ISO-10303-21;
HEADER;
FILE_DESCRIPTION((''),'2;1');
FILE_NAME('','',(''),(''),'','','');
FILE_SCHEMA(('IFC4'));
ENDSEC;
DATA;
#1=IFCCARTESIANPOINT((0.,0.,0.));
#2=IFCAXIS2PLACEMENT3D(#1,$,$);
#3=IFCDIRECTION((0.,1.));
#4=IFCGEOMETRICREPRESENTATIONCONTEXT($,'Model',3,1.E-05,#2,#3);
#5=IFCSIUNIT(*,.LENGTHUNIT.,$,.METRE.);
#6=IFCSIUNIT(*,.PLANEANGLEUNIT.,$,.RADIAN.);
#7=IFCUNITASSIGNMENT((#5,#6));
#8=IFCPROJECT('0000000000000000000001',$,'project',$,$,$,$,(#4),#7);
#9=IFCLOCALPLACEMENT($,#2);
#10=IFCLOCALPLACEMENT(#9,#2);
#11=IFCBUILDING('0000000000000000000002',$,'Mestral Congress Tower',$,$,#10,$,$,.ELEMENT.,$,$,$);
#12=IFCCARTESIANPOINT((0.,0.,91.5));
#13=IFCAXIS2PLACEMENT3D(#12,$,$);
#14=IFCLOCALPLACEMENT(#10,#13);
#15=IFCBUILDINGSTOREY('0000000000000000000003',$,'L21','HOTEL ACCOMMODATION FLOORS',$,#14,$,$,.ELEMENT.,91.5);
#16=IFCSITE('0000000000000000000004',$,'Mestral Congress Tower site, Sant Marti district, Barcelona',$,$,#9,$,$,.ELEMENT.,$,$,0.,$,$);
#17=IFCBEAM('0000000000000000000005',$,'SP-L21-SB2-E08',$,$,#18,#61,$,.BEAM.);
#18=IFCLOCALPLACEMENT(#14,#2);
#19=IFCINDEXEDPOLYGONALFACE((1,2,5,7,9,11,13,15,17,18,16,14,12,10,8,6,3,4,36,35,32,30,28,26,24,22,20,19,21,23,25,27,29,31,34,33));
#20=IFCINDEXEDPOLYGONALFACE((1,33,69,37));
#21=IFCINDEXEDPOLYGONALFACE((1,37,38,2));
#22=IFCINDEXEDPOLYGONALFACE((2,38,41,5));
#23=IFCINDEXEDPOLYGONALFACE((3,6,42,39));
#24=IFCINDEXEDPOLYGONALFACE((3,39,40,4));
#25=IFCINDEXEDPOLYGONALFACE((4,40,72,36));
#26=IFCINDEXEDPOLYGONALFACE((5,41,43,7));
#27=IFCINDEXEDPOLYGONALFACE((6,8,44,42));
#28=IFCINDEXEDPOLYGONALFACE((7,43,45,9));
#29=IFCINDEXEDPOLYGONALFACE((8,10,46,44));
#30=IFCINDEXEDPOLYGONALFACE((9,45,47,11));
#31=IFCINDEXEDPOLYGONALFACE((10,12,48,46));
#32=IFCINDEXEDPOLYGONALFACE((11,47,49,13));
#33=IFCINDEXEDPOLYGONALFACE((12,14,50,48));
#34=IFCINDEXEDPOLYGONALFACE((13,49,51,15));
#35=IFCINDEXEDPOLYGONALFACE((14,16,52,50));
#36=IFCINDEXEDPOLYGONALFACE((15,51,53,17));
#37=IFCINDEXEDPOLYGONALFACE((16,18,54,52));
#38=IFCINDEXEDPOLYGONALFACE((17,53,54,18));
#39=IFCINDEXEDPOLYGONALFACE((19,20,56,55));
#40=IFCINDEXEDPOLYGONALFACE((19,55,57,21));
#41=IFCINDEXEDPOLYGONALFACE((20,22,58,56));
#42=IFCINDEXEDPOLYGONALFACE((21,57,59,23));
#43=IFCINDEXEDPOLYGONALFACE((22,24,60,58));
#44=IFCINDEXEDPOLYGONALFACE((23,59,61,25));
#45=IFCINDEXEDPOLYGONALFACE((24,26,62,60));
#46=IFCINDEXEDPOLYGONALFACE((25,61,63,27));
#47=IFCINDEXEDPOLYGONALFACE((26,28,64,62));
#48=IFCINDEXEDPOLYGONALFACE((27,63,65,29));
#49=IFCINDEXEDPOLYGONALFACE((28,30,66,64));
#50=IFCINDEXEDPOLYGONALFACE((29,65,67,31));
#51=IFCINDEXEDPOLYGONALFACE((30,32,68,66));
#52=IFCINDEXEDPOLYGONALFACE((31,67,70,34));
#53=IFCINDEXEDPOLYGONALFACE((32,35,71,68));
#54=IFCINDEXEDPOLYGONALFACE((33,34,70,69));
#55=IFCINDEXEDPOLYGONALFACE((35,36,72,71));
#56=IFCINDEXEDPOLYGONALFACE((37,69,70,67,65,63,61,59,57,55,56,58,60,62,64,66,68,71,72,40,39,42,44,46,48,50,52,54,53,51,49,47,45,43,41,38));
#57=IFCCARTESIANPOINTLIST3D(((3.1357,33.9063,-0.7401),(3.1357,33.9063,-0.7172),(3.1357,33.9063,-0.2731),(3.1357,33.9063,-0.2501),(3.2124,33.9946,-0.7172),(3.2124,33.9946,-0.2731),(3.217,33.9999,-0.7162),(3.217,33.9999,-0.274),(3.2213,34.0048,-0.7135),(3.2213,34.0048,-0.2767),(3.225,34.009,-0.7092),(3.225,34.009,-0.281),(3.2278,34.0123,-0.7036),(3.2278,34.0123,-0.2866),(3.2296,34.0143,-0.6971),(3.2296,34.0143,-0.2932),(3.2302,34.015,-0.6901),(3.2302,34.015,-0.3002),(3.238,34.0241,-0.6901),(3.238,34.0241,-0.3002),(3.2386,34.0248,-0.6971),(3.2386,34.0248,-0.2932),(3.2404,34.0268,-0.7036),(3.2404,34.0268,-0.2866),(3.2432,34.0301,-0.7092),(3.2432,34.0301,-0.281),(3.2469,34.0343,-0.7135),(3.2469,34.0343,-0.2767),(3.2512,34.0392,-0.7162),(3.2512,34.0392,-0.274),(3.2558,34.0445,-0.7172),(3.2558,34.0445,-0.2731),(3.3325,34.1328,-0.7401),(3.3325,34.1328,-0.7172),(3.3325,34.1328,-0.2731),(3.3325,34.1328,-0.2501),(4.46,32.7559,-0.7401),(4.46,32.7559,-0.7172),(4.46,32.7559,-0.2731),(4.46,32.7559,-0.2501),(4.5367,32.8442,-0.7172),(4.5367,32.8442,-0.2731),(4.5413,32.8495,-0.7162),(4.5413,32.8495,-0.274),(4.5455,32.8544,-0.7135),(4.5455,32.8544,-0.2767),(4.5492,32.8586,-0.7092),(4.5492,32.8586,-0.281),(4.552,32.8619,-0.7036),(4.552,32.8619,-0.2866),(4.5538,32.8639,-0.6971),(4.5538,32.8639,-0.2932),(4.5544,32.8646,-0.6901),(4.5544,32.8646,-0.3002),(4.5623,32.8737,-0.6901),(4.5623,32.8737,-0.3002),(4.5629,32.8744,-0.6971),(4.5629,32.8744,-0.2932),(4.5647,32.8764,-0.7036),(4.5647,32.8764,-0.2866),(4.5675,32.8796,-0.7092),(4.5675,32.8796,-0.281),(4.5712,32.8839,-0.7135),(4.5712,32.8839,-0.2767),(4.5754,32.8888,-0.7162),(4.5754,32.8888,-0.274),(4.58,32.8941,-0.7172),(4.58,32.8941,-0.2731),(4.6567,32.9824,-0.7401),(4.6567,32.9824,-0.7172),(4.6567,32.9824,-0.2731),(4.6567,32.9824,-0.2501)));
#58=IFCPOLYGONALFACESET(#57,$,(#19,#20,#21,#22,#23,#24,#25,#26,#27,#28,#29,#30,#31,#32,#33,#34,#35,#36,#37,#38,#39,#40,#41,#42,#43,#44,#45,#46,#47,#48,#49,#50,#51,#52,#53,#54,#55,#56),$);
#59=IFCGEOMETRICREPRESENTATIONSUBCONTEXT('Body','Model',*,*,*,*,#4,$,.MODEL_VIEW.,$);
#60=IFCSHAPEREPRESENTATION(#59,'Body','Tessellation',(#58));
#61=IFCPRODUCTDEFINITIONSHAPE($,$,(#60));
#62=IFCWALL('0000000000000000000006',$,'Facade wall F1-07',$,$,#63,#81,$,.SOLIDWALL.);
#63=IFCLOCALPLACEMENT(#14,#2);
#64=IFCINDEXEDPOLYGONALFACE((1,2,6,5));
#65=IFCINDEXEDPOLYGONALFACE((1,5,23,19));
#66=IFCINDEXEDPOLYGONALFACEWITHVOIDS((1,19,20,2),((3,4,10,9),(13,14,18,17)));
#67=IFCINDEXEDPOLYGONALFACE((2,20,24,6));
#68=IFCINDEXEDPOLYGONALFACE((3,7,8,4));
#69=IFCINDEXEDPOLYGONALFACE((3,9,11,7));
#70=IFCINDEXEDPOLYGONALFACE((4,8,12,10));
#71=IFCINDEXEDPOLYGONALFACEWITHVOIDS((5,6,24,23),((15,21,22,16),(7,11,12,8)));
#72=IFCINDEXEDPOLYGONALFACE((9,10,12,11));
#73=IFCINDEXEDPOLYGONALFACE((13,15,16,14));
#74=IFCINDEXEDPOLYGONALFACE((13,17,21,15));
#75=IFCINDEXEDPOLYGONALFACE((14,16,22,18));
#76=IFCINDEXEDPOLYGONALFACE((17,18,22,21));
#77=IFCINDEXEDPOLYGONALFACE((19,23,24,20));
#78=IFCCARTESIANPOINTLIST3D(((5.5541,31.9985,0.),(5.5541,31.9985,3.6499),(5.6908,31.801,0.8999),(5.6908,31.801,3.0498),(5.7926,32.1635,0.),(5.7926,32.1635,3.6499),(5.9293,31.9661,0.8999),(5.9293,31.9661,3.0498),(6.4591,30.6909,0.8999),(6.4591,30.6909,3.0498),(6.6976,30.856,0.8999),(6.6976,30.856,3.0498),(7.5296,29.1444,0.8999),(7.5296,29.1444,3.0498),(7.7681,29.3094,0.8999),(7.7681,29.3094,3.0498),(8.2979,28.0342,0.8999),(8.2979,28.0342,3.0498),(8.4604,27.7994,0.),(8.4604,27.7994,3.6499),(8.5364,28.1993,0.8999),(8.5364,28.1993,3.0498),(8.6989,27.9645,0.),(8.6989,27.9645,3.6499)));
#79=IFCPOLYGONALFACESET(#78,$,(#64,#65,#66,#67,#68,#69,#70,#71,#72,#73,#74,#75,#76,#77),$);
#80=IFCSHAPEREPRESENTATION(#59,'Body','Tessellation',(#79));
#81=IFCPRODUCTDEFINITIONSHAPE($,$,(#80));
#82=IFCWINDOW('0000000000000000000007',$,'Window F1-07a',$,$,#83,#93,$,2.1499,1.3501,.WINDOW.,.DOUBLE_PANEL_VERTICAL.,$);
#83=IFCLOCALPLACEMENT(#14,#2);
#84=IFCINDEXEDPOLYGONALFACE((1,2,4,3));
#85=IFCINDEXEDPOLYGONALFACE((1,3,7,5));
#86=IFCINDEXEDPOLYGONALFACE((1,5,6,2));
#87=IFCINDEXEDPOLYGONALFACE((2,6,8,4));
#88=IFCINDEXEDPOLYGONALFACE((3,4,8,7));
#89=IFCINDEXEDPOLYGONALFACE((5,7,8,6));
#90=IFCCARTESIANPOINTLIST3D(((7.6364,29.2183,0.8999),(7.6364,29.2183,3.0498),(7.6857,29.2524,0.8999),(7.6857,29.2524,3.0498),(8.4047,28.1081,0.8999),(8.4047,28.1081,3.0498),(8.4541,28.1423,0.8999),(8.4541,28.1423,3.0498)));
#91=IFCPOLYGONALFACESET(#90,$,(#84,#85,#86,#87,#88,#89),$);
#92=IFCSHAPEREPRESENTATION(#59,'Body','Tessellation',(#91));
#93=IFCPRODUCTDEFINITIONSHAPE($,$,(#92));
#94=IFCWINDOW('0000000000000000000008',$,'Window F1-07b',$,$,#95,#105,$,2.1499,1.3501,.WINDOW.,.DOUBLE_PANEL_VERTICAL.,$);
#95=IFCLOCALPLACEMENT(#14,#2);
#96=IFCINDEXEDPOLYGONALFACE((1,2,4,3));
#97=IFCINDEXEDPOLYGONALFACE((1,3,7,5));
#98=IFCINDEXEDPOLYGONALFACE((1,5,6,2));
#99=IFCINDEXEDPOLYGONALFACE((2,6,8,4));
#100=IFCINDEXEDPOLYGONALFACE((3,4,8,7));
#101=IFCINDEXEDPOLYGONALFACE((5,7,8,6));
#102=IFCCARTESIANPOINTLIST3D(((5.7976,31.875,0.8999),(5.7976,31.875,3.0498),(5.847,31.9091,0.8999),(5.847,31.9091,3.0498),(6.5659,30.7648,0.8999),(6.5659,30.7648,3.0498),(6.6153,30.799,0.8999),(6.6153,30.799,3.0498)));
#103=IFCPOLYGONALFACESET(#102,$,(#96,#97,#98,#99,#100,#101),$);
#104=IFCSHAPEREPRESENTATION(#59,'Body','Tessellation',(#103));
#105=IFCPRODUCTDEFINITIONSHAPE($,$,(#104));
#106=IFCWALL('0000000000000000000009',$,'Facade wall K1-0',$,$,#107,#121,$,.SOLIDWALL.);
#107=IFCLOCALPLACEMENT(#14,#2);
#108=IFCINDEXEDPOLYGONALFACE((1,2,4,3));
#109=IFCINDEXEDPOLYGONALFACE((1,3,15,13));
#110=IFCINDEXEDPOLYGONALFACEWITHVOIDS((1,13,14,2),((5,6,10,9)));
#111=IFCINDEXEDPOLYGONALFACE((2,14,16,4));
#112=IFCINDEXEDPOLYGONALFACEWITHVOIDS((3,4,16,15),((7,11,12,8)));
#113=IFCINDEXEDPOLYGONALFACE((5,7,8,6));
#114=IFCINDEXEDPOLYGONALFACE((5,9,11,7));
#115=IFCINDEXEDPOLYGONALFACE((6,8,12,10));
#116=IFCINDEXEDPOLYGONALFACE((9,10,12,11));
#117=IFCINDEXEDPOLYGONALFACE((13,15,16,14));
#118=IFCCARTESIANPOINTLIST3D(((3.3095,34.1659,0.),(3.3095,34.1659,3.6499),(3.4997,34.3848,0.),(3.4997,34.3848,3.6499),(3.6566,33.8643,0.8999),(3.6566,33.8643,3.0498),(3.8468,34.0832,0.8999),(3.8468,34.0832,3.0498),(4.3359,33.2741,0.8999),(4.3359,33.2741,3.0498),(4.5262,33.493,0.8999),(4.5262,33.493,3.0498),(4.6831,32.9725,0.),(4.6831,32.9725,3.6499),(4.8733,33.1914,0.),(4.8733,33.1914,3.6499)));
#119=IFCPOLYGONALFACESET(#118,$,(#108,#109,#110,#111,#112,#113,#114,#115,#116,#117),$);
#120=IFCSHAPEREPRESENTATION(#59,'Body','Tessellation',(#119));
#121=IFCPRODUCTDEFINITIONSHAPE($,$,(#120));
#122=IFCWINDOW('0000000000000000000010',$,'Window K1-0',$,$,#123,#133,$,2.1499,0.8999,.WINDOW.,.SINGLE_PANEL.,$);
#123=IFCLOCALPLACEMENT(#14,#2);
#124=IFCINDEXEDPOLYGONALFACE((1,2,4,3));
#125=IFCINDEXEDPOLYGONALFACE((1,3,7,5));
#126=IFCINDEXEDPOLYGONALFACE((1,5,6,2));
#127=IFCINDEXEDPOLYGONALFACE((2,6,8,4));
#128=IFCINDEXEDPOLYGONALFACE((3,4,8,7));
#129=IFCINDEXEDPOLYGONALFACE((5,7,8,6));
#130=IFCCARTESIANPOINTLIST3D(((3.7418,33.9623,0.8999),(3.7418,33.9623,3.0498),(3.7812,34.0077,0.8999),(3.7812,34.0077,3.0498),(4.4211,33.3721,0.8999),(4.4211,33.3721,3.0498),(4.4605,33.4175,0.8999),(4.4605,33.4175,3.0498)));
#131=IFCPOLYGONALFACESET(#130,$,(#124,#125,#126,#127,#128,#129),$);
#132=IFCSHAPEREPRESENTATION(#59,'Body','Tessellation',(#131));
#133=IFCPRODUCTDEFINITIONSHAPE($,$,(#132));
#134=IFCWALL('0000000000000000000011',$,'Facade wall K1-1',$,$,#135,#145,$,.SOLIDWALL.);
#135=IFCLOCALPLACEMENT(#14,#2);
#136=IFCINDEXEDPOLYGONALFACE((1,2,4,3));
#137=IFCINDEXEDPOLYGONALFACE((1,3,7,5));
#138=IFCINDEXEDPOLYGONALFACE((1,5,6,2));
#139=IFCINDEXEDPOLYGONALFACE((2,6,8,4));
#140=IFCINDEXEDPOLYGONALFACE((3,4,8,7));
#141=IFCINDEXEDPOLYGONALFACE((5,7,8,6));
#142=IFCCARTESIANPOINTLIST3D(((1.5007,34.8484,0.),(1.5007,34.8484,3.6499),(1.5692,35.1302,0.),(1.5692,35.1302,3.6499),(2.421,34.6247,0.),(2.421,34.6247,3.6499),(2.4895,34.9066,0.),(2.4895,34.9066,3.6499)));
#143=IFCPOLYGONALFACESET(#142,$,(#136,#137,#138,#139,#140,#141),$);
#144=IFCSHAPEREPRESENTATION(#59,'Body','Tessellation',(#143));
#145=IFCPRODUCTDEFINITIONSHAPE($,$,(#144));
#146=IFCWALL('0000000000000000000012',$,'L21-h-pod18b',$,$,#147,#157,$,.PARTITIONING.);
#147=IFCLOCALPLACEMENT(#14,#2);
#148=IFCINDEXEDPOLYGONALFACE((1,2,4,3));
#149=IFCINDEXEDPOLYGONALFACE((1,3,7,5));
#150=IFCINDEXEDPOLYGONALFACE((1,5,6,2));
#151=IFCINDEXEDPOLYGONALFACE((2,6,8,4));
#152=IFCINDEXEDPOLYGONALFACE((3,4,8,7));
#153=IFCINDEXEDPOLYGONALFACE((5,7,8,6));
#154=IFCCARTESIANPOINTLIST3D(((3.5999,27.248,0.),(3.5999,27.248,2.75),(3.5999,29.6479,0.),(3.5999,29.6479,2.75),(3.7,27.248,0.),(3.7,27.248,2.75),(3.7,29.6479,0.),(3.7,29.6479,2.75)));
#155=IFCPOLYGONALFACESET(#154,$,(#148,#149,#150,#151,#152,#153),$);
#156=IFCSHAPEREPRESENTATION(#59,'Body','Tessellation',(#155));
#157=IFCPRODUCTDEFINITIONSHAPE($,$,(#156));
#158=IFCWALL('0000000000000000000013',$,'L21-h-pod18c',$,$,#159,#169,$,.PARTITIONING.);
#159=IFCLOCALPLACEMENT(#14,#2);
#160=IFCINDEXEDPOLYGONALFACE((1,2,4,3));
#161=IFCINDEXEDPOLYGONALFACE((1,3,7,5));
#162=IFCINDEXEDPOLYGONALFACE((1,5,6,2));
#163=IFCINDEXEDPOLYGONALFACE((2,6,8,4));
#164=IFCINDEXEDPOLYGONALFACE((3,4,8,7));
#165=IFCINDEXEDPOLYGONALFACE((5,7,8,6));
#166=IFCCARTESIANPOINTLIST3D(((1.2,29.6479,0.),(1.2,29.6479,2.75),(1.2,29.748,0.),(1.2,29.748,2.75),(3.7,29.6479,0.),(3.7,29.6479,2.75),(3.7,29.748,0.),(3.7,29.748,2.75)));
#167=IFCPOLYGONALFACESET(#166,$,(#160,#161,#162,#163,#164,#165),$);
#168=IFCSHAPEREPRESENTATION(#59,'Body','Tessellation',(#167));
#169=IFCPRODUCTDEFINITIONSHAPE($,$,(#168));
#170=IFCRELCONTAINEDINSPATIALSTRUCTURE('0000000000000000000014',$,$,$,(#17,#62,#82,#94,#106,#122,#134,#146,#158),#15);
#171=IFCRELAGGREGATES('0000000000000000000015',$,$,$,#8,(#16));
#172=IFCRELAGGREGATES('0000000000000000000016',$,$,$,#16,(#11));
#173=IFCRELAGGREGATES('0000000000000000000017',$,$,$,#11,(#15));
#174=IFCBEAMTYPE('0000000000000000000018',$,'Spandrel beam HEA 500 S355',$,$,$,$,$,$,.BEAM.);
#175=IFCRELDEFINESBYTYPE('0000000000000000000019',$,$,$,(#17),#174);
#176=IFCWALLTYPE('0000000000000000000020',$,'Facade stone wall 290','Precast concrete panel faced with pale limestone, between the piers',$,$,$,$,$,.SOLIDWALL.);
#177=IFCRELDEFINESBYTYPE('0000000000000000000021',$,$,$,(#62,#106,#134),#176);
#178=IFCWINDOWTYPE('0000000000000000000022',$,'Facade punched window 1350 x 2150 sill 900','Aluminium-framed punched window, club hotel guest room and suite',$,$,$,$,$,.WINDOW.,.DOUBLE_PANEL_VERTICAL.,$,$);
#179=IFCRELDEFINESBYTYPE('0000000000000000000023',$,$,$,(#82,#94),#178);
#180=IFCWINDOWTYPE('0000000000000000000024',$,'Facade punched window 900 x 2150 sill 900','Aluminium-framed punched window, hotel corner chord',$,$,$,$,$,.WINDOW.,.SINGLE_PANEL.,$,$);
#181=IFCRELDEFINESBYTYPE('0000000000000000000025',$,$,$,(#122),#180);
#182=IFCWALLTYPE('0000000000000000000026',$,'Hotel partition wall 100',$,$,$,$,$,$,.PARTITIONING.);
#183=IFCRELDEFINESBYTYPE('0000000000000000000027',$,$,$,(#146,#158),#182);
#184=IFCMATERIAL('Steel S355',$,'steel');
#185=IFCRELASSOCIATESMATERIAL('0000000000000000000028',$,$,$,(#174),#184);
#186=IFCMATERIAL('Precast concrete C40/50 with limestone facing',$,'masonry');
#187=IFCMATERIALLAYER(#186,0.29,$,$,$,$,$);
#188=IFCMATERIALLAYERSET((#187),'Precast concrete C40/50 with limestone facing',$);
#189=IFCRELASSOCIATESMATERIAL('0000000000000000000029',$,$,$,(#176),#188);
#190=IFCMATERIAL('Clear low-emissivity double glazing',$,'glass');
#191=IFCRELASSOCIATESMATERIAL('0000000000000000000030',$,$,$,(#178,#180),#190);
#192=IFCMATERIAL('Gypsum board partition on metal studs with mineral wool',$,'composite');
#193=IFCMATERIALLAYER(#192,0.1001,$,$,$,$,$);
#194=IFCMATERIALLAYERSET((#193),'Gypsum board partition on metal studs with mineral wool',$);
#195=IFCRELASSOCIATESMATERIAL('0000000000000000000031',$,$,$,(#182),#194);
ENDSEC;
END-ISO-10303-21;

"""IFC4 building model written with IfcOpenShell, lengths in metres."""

from ifc_helpers import new_model, si_unit, direction, frame, frame_2d, origin, origin_2d, place, context, subcontext, project, spatial, rectangle, i_section, extrude, material, layer, layer_set, material_profile, profile_set, type_object, element, fill, save


model = new_model("IFC4")

# Units and contexts
model_context = context("Model", 3, precision=1e-05, world=origin(), true_north=direction((0.0, 1.0)))
body_context = subcontext(model_context, "Body", "Model", "MODEL_VIEW")
ifc_project = project(units=[si_unit("LENGTHUNIT", "METRE"), si_unit("PLANEANGLEUNIT", "RADIAN")], contexts=[model_context])

# Site, building, storey
site_placement = place(None, origin())
site = spatial("IfcSite", under=ifc_project, at=site_placement, Name="Mestral Congress Tower site, Sant Marti district, Barcelona", CompositionType="ELEMENT", RefElevation=0.0)
building_placement = place(site_placement, origin())
building = spatial("IfcBuilding", under=site, at=building_placement, Name="Mestral Congress Tower", CompositionType="ELEMENT")
storey_placement = place(building_placement, frame((0.0, 0.0, 91.5)))
storey = spatial("IfcBuildingStorey", under=building, at=storey_placement, Name="L21", Description="HOTEL ACCOMMODATION FLOORS", CompositionType="ELEMENT", Elevation=91.5)

# Beam
ifc_material_1 = material(Name="Steel S355", Category="steel")
ifc_material_profile_1 = material_profile(ifc_material_1, i_section(OverallWidth=0.3, OverallDepth=0.49, WebThickness=0.012, FlangeThickness=0.0229, FilletRadius=0.0271, at=origin_2d()), Name="HEA 500")
ifc_profile_set_1 = profile_set([ifc_material_profile_1], Name="Steel S355")
beam_type_1 = type_object("IfcBeamType", Name="Spandrel beam HEA 500 S355", PredefinedType="BEAM", material=ifc_profile_set_1)
beam_1_placement = place(storey_placement, frame((4.5583, 32.8691, -0.4951), z_axis=(-0.754917, 0.65582, 0.0), x_axis=(-0.65582, -0.754917, 0.0)))
element("IfcBeam", 1, at=beam_1_placement, inside=storey, type_object=beam_type_1, Name="SP-L21-SB2-E08", PredefinedType="BEAM", context=body_context, shape_type="SweptSolid", body=[
    extrude(i_section(OverallWidth=0.3, OverallDepth=0.49, WebThickness=0.012, FlangeThickness=0.0229, FilletRadius=0.0271, at=origin_2d()), origin(), (0.0, 0.0, 1.0), 1.7542),
])

# Wall, openings, windows
ifc_material_2 = material(Name="Precast concrete C40/50 with limestone facing", Category="masonry")
ifc_layer_1 = layer(ifc_material_2, 0.29)
ifc_layer_set_1 = layer_set([ifc_layer_1], Name="Precast concrete C40/50 with limestone facing")
wall_type_1 = type_object("IfcWallType", Name="Facade stone wall 290", Description="Precast concrete panel faced with pale limestone, between the piers", PredefinedType="SOLIDWALL", material=ifc_layer_set_1)
wall_1_placement = place(storey_placement, frame((8.5796, 27.8821, 0.0), z_axis=(0.0, 0.0, 1.0), x_axis=(-0.569113, 0.822259, 0.0)))
wall_1 = element("IfcWall", 2, at=wall_1_placement, inside=storey, type_object=wall_type_1, Name="Facade wall F1-07", PredefinedType="SOLIDWALL", context=body_context, shape_type="SweptSolid", body=[
    extrude(rectangle(XDim=5.1067, YDim=0.29, at=frame_2d((2.5532, 0.0))), origin(), (0.0, 0.0, 1.0), 3.6499),
])
opening_1_placement = place(wall_1_placement, frame((0.2854, 0.0, 0.8999)))
opening_1 = element("IfcOpeningElement", 3, at=opening_1_placement, cuts=wall_1, PredefinedType="OPENING", context=body_context, shape_type="SweptSolid", body=[
    extrude(rectangle(XDim=1.3501, YDim=2.1499, at=frame_2d((0.675, 1.075))), frame((0.0, 0.155, 0.0), z_axis=(0.0, -1.0, 0.0), x_axis=(1.0, 0.0, 0.0)), (0.0, 0.0, 1.0), 0.3101),
])
opening_2_placement = place(wall_1_placement, frame((3.5164, 0.0, 0.8999)))
opening_2 = element("IfcOpeningElement", 4, at=opening_2_placement, cuts=wall_1, PredefinedType="OPENING", context=body_context, shape_type="SweptSolid", body=[
    extrude(rectangle(XDim=1.3501, YDim=2.1499, at=frame_2d((0.675, 1.075))), frame((0.0, 0.155, 0.0), z_axis=(0.0, -1.0, 0.0), x_axis=(1.0, 0.0, 0.0)), (0.0, 0.0, 1.0), 0.3101),
])
ifc_material_3 = material(Name="Clear low-emissivity double glazing", Category="glass")
window_type_1 = type_object("IfcWindowType", Name="Facade punched window 1350 x 2150 sill 900", Description="Aluminium-framed punched window, club hotel guest room and suite", PartitioningType="DOUBLE_PANEL_VERTICAL", PredefinedType="WINDOW", material=ifc_material_3)
window_1_placement = place(opening_1_placement, origin())
window_1 = element("IfcWindow", 5, at=window_1_placement, inside=storey, type_object=window_type_1, Name="Window F1-07a", OverallHeight=2.1499, OverallWidth=1.3501, PartitioningType="DOUBLE_PANEL_VERTICAL", PredefinedType="WINDOW", context=body_context, shape_type="SweptSolid", body=[
    extrude(rectangle(XDim=1.3501, YDim=2.1499, at=frame_2d((0.675, 1.075))), frame((0.0, 0.0151, 0.0), z_axis=(0.0, -1.0, 0.0), x_axis=(1.0, 0.0, 0.0)), (0.0, 0.0, 1.0), 0.0601),
])
fill(opening_1, window_1)
window_2_placement = place(opening_2_placement, origin())
window_2 = element("IfcWindow", 6, at=window_2_placement, inside=storey, type_object=window_type_1, Name="Window F1-07b", OverallHeight=2.1499, OverallWidth=1.3501, PartitioningType="DOUBLE_PANEL_VERTICAL", PredefinedType="WINDOW", context=body_context, shape_type="SweptSolid", body=[
    extrude(rectangle(XDim=1.3501, YDim=2.1499, at=frame_2d((0.675, 1.075))), frame((0.0, 0.0151, 0.0), z_axis=(0.0, -1.0, 0.0), x_axis=(1.0, 0.0, 0.0)), (0.0, 0.0, 1.0), 0.0601),
])
fill(opening_2, window_2)

# Wall, opening, window
wall_2_placement = place(storey_placement, frame((4.7781, 33.082, 0.0), z_axis=(0.0, 0.0, 1.0), x_axis=(-0.754883, 0.65586, 0.0)))
wall_2 = element("IfcWall", 7, at=wall_2_placement, inside=storey, type_object=wall_type_1, Name="Facade wall K1-0", PredefinedType="SOLIDWALL", context=body_context, shape_type="SweptSolid", body=[
    extrude(rectangle(XDim=1.8196, YDim=0.29, at=frame_2d((0.9097, 0.0))), origin(), (0.0, 0.0, 1.0), 3.6499),
])
opening_3_placement = place(wall_2_placement, frame((0.4597, 0.0, 0.8999)))
opening_3 = element("IfcOpeningElement", 8, at=opening_3_placement, cuts=wall_2, PredefinedType="OPENING", context=body_context, shape_type="SweptSolid", body=[
    extrude(rectangle(XDim=0.8999, YDim=2.1499, at=frame_2d((0.45, 1.075))), frame((0.0, 0.155, 0.0), z_axis=(0.0, -1.0, 0.0), x_axis=(1.0, 0.0, 0.0)), (0.0, 0.0, 1.0), 0.3101),
])
window_type_2 = type_object("IfcWindowType", Name="Facade punched window 900 x 2150 sill 900", Description="Aluminium-framed punched window, hotel corner chord", PartitioningType="SINGLE_PANEL", PredefinedType="WINDOW", material=ifc_material_3)
window_3_placement = place(opening_3_placement, origin())
window_3 = element("IfcWindow", 9, at=window_3_placement, inside=storey, type_object=window_type_2, Name="Window K1-0", OverallHeight=2.1499, OverallWidth=0.8999, PartitioningType="SINGLE_PANEL", PredefinedType="WINDOW", context=body_context, shape_type="SweptSolid", body=[
    extrude(rectangle(XDim=0.8999, YDim=2.1499, at=frame_2d((0.45, 1.075))), frame((0.0, 0.0151, 0.0), z_axis=(0.0, -1.0, 0.0), x_axis=(1.0, 0.0, 0.0)), (0.0, 0.0, 1.0), 0.0601),
])
fill(opening_3, window_3)

# Walls
wall_3_placement = place(storey_placement, frame((2.4553, 34.7656, 0.0), z_axis=(0.0, 0.0, 1.0), x_axis=(-0.971714, 0.236161, 0.0)))
element("IfcWall", 10, at=wall_3_placement, inside=storey, type_object=wall_type_1, Name="Facade wall K1-1", PredefinedType="SOLIDWALL", context=body_context, shape_type="SweptSolid", body=[
    extrude(rectangle(XDim=0.947, YDim=0.29, at=frame_2d((0.4736, 0.0))), origin(), (0.0, 0.0, 1.0), 3.6499),
])
ifc_material_4 = material(Name="Gypsum board partition on metal studs with mineral wool", Category="composite")
ifc_layer_2 = layer(ifc_material_4, 0.1001)
ifc_layer_set_2 = layer_set([ifc_layer_2], Name="Gypsum board partition on metal studs with mineral wool")
wall_type_2 = type_object("IfcWallType", Name="Hotel partition wall 100", PredefinedType="PARTITIONING", material=ifc_layer_set_2)
wall_4_placement = place(storey_placement, frame((3.6499, 27.248, 0.0), z_axis=(0.0, 0.0, 1.0), x_axis=(0.0, 1.0, 0.0)))
element("IfcWall", 11, at=wall_4_placement, inside=storey, type_object=wall_type_2, Name="L21-h-pod18b", PredefinedType="PARTITIONING", context=body_context, shape_type="SweptSolid", body=[
    extrude(rectangle(XDim=2.3999, YDim=0.1001, at=frame_2d((1.2, 0.0))), origin(), (0.0, 0.0, 1.0), 2.75),
])
wall_5_placement = place(storey_placement, frame((1.2, 29.698, 0.0), z_axis=(0.0, 0.0, 1.0), x_axis=(1.0, 0.0, 0.0)))
element("IfcWall", 12, at=wall_5_placement, inside=storey, type_object=wall_type_2, Name="L21-h-pod18c", PredefinedType="PARTITIONING", context=body_context, shape_type="SweptSolid", body=[
    extrude(rectangle(XDim=2.5, YDim=0.1001, at=frame_2d((1.25, 0.0))), origin(), (0.0, 0.0, 1.0), 2.75),
])

save(model, "model.ifc")
